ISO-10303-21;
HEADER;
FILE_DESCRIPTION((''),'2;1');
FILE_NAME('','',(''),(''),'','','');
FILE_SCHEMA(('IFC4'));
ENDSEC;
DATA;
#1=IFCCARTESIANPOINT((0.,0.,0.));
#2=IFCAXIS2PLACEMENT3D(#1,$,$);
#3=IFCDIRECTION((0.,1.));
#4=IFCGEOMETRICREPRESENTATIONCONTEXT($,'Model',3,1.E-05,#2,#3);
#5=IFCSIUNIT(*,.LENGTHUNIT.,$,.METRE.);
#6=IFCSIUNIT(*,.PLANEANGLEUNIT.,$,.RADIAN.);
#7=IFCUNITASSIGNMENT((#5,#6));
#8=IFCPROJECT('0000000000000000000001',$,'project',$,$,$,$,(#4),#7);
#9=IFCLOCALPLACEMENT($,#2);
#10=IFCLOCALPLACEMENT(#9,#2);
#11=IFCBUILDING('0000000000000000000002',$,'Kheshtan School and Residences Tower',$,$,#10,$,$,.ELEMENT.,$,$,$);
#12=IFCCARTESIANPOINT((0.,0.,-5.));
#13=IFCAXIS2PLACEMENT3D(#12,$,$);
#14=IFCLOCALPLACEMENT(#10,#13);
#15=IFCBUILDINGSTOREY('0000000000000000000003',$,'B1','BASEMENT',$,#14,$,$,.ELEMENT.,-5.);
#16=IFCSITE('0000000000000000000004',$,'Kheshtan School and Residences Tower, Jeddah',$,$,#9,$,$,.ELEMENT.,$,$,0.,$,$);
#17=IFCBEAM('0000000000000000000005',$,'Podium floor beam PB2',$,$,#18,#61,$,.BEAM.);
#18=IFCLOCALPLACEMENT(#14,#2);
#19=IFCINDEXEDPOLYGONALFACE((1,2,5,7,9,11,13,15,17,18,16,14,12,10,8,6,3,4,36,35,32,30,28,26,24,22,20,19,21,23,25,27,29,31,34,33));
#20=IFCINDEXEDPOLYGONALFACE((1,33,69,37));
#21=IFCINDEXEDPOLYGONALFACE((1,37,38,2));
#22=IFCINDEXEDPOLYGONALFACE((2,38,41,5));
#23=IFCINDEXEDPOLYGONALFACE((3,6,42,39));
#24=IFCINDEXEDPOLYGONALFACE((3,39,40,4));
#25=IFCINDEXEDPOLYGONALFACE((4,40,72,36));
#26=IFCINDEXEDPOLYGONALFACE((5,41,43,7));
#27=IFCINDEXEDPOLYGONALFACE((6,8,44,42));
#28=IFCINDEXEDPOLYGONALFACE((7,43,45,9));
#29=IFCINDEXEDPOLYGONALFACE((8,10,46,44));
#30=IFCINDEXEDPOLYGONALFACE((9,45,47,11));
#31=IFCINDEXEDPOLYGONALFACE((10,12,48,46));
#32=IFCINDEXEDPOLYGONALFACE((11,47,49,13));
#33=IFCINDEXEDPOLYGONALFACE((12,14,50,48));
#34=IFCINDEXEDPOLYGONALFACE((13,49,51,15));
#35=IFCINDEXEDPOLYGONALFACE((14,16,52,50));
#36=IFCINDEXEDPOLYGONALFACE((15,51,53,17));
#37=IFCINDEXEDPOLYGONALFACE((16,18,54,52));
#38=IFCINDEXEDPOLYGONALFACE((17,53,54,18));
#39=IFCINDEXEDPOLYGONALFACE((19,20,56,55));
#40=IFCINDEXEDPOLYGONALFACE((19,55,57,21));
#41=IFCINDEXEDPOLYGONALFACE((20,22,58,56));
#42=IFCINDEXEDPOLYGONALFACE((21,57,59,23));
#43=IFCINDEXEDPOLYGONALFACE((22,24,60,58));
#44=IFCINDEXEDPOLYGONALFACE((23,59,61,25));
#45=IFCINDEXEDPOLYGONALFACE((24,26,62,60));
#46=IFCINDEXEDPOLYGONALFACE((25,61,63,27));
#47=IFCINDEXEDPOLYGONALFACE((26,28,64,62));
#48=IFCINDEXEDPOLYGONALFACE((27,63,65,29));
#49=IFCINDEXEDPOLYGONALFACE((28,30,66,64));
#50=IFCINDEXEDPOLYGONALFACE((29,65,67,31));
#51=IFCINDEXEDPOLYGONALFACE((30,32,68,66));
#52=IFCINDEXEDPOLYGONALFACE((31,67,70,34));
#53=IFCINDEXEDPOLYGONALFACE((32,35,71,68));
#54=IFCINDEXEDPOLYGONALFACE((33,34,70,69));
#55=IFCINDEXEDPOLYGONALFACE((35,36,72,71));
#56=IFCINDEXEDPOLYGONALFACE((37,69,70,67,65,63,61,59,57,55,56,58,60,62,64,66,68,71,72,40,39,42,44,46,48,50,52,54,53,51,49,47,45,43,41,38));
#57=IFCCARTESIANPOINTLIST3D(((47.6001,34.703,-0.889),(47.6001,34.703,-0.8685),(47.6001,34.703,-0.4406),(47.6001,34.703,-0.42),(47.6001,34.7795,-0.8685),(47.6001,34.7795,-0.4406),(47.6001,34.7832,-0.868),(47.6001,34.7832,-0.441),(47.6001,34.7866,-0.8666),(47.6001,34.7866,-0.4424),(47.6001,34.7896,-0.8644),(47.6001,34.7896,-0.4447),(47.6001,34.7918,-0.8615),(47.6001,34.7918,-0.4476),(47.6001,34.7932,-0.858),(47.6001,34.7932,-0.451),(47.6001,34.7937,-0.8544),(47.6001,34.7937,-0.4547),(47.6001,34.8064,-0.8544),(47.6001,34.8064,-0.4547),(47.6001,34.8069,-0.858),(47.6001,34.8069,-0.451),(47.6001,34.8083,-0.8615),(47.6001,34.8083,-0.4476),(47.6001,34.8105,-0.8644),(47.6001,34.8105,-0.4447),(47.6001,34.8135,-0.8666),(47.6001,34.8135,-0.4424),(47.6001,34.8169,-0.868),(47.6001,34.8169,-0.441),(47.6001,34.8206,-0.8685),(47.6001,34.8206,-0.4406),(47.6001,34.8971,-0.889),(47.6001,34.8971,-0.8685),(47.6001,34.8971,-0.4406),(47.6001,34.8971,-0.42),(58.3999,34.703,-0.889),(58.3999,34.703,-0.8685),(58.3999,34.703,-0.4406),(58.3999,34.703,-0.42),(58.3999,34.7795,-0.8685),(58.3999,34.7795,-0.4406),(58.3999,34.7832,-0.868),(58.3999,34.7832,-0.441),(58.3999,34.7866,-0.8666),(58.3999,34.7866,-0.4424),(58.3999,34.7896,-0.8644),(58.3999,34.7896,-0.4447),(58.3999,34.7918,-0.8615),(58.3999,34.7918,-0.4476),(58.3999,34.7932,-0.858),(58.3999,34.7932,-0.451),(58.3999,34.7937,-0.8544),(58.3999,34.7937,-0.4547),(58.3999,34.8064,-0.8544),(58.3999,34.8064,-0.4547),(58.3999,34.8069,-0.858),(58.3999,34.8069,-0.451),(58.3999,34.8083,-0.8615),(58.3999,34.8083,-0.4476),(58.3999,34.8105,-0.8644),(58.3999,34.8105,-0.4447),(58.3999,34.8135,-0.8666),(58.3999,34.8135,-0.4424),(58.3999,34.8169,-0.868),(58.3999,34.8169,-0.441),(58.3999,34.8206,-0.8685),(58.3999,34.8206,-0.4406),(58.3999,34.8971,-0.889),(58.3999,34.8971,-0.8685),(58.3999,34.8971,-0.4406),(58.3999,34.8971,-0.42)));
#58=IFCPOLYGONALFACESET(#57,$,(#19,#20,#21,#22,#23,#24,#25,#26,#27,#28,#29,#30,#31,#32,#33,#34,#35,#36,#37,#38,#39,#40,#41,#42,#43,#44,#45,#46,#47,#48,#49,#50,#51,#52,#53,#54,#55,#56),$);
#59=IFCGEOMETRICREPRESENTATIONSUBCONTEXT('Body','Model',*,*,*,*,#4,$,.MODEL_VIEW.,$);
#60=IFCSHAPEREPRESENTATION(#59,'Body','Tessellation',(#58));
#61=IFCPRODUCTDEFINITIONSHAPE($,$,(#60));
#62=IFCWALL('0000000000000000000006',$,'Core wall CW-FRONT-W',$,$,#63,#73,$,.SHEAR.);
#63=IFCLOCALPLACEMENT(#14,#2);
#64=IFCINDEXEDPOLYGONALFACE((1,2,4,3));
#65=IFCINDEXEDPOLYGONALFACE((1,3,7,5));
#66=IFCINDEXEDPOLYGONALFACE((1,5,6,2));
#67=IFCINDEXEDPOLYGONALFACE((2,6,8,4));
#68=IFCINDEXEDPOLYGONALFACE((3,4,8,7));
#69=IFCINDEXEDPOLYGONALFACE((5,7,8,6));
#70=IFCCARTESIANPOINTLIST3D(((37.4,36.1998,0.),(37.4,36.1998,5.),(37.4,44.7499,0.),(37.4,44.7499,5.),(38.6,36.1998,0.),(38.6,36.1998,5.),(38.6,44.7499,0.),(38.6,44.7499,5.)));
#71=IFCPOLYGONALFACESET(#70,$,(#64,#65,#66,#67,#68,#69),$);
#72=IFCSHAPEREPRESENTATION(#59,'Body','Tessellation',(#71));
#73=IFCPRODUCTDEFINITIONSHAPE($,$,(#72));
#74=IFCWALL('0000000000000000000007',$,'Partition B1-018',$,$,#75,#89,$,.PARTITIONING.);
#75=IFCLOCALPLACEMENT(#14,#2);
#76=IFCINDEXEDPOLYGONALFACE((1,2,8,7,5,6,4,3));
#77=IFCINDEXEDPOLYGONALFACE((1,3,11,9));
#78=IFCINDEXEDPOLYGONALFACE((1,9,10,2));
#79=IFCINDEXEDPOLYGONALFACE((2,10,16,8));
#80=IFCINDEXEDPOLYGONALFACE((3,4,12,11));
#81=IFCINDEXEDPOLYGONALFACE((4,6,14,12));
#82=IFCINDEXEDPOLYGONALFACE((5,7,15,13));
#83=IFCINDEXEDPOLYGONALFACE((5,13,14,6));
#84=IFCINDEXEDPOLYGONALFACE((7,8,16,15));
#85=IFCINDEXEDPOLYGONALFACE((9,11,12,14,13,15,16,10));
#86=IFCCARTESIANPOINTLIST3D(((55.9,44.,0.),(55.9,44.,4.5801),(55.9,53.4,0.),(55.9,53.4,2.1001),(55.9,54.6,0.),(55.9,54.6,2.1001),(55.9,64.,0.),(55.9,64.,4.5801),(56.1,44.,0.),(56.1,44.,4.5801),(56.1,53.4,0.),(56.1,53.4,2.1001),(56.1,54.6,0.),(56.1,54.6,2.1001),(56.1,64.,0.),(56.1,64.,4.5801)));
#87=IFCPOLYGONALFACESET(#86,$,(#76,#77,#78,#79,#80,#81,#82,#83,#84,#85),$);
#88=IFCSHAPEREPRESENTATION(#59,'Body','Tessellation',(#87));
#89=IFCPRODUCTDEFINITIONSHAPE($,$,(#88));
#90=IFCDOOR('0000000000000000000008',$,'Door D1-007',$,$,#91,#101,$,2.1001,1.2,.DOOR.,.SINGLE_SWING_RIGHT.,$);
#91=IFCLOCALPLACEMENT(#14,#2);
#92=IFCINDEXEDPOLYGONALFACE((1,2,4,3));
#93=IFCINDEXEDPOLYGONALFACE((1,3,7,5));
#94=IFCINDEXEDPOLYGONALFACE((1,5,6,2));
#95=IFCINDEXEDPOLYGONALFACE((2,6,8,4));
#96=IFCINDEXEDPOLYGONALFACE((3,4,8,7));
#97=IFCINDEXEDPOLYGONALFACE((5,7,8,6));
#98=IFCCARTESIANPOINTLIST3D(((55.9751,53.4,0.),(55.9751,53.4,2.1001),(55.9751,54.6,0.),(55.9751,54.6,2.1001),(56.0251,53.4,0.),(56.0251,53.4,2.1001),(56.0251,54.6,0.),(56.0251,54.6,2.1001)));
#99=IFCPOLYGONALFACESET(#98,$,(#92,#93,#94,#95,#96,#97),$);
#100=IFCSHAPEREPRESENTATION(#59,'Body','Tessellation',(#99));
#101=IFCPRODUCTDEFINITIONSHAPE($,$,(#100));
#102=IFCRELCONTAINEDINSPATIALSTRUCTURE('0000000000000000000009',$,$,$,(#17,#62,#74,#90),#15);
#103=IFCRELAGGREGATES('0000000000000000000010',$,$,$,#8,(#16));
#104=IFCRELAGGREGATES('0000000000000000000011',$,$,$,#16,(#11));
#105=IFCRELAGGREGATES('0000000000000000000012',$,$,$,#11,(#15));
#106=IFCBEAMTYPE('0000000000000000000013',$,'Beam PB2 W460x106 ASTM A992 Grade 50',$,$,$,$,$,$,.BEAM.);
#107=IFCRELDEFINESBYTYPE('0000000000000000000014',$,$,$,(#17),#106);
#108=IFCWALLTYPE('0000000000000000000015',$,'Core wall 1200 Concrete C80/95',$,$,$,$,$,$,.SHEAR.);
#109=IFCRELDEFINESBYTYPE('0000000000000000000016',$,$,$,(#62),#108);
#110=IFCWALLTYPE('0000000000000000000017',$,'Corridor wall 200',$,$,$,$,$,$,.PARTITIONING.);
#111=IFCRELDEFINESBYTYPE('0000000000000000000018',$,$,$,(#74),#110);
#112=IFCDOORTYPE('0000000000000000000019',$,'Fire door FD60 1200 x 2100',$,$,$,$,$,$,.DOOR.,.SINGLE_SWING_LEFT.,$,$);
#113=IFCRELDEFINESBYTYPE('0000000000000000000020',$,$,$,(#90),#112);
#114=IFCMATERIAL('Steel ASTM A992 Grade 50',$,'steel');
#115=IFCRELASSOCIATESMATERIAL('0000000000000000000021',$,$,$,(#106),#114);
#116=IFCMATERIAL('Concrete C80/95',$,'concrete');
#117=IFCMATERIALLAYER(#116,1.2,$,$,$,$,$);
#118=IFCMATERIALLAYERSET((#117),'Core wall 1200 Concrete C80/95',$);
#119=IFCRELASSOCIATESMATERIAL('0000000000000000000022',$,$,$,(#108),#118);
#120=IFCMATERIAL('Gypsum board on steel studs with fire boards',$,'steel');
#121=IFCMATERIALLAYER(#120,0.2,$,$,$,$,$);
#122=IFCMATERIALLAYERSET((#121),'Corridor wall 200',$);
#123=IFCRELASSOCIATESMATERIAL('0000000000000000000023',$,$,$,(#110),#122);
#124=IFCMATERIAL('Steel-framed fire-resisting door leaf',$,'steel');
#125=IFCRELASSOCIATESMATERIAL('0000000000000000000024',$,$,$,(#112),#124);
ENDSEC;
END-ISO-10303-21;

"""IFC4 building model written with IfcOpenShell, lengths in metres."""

from ifc_helpers import new_model, si_unit, direction, frame, frame_2d, origin, origin_2d, place, context, subcontext, project, spatial, rectangle, i_section, extrude, source, transform, mapped, material, layer, layer_set, material_profile, profile_set, type_object, element, fill, save


model = new_model("IFC4")

# Units and contexts
model_context = context("Model", 3, precision=1e-05, world=origin(), true_north=direction((0.0, 1.0)))
body_context = subcontext(model_context, "Body", "Model", "MODEL_VIEW")
ifc_project = project(units=[si_unit("LENGTHUNIT", "METRE"), si_unit("PLANEANGLEUNIT", "RADIAN")], contexts=[model_context])

# Site, building, storey
site_placement = place(None, origin())
site = spatial("IfcSite", under=ifc_project, at=site_placement, Name="Kheshtan School and Residences Tower, Jeddah", CompositionType="ELEMENT", RefElevation=0.0)
building_placement = place(site_placement, origin())
building = spatial("IfcBuilding", under=site, at=building_placement, Name="Kheshtan School and Residences Tower", CompositionType="ELEMENT")
storey_placement = place(building_placement, frame((0.0, 0.0, -5.0)))
storey = spatial("IfcBuildingStorey", under=building, at=storey_placement, Name="B1", Description="BASEMENT", CompositionType="ELEMENT", Elevation=-5.0)

# Shared definitions
ifc_material_1 = material(Name="Steel ASTM A992 Grade 50", Category="steel")

# Beam
ifc_material_profile_1 = material_profile(ifc_material_1, i_section(OverallWidth=0.1941, OverallDepth=0.469, WebThickness=0.0127, FlangeThickness=0.0205, FilletRadius=0.0142, at=origin_2d()), Name="W460x106")
ifc_profile_set_1 = profile_set([ifc_material_profile_1], Name="Steel ASTM A992 Grade 50")
beam_type = type_object("IfcBeamType", Name="Beam PB2 W460x106 ASTM A992 Grade 50", PredefinedType="BEAM", material=ifc_profile_set_1)
beam_placement = place(storey_placement, frame((47.6001, 34.8, -0.6545), z_axis=(1.0, 0.0, 0.0), x_axis=(0.0, 1.0, 0.0)))
element("IfcBeam", 1, at=beam_placement, inside=storey, type_object=beam_type, Name="Podium floor beam PB2", PredefinedType="BEAM", context=body_context, shape_type="SweptSolid", body=[
    extrude(i_section(OverallWidth=0.1941, OverallDepth=0.469, WebThickness=0.0127, FlangeThickness=0.0205, FilletRadius=0.0142, at=origin_2d()), origin(), (0.0, 0.0, 1.0), 10.7998),
])

# Wall
ifc_material_2 = material(Name="Concrete C80/95", Category="concrete")
ifc_layer_1 = layer(ifc_material_2, 1.2)
ifc_layer_set_1 = layer_set([ifc_layer_1], Name="Core wall 1200 Concrete C80/95")
wall_type_1 = type_object("IfcWallType", Name="Core wall 1200 Concrete C80/95", PredefinedType="SHEAR", material=ifc_layer_set_1)
wall_1_placement = place(storey_placement, frame((38.0, 36.2, 0.0), z_axis=(0.0, 0.0, 1.0), x_axis=(0.0, 1.0, 0.0)))
element("IfcWall", 2, at=wall_1_placement, inside=storey, type_object=wall_type_1, Name="Core wall CW-FRONT-W", PredefinedType="SHEAR", context=body_context, shape_type="SweptSolid", body=[
    extrude(rectangle(XDim=8.55, YDim=1.2, at=frame_2d((4.2749, 0.0))), origin(), (0.0, 0.0, 1.0), 5.0),
])

# Wall, opening, door
ifc_material_3 = material(Name="Gypsum board on steel studs with fire boards", Category="steel")
ifc_layer_2 = layer(ifc_material_3, 0.2)
ifc_layer_set_2 = layer_set([ifc_layer_2], Name="Corridor wall 200")
wall_type_2 = type_object("IfcWallType", Name="Corridor wall 200", PredefinedType="PARTITIONING", material=ifc_layer_set_2)
wall_2_placement = place(storey_placement, frame((56.0, 44.0, 0.0), z_axis=(0.0, 0.0, 1.0), x_axis=(0.0, 1.0, 0.0)))
wall_2 = element("IfcWall", 3, at=wall_2_placement, inside=storey, type_object=wall_type_2, Name="Partition B1-018", PredefinedType="PARTITIONING", context=body_context, shape_type="SweptSolid", body=[
    extrude(rectangle(XDim=20.0, YDim=0.2, at=frame_2d((10.0, 0.0))), origin(), (0.0, 0.0, 1.0), 4.5801),
])
opening_1_placement = place(wall_2_placement, frame((9.3999, 0.0, 0.0)))
opening_1 = element("IfcOpeningElement", 4, at=opening_1_placement, cuts=wall_2, PredefinedType="OPENING", context=body_context, shape_type="SweptSolid", body=[
    extrude(rectangle(XDim=1.2, YDim=2.1001, at=frame_2d((0.6001, 1.05))), frame((0.0, 0.1099, 0.0), z_axis=(0.0, -1.0, 0.0), x_axis=(1.0, 0.0, 0.0)), (0.0, 0.0, 1.0), 0.22),
])
ifc_material_4 = material(Name="Steel-framed fire-resisting door leaf", Category="steel")
door_type_1 = type_object("IfcDoorType", Name="Fire door FD60 1200 x 2100", OperationType="SINGLE_SWING_LEFT", PredefinedType="DOOR", material=ifc_material_4)
shared_shape_1 = source(origin(), body_context, "Body", "SweptSolid", [
    extrude(rectangle(XDim=1.2, YDim=2.1001, at=frame_2d((0.6001, 1.05))), frame((0.0, 0.0249, 0.0), z_axis=(0.0, -1.0, 0.0), x_axis=(1.0, 0.0, 0.0)), (0.0, 0.0, 1.0), 0.05),
])
door_1_placement = place(opening_1_placement, origin())
door_1 = element("IfcDoor", 5, at=door_1_placement, inside=storey, type_object=door_type_1, Name="Door D1-007", OperationType="SINGLE_SWING_RIGHT", OverallHeight=2.1001, OverallWidth=1.2, PredefinedType="DOOR", context=body_context, shape_type="MappedRepresentation", body=[
    mapped(shared_shape_1, transform((0.0, 0.0, 0.0), x_axis=(1.0, 0.0, 0.0), y_axis=(0.0, 1.0, 0.0), z_axis=(0.0, 0.0, 1.0), scale=1.0)),
])
fill(opening_1, door_1)

save(model, "model.ifc")
